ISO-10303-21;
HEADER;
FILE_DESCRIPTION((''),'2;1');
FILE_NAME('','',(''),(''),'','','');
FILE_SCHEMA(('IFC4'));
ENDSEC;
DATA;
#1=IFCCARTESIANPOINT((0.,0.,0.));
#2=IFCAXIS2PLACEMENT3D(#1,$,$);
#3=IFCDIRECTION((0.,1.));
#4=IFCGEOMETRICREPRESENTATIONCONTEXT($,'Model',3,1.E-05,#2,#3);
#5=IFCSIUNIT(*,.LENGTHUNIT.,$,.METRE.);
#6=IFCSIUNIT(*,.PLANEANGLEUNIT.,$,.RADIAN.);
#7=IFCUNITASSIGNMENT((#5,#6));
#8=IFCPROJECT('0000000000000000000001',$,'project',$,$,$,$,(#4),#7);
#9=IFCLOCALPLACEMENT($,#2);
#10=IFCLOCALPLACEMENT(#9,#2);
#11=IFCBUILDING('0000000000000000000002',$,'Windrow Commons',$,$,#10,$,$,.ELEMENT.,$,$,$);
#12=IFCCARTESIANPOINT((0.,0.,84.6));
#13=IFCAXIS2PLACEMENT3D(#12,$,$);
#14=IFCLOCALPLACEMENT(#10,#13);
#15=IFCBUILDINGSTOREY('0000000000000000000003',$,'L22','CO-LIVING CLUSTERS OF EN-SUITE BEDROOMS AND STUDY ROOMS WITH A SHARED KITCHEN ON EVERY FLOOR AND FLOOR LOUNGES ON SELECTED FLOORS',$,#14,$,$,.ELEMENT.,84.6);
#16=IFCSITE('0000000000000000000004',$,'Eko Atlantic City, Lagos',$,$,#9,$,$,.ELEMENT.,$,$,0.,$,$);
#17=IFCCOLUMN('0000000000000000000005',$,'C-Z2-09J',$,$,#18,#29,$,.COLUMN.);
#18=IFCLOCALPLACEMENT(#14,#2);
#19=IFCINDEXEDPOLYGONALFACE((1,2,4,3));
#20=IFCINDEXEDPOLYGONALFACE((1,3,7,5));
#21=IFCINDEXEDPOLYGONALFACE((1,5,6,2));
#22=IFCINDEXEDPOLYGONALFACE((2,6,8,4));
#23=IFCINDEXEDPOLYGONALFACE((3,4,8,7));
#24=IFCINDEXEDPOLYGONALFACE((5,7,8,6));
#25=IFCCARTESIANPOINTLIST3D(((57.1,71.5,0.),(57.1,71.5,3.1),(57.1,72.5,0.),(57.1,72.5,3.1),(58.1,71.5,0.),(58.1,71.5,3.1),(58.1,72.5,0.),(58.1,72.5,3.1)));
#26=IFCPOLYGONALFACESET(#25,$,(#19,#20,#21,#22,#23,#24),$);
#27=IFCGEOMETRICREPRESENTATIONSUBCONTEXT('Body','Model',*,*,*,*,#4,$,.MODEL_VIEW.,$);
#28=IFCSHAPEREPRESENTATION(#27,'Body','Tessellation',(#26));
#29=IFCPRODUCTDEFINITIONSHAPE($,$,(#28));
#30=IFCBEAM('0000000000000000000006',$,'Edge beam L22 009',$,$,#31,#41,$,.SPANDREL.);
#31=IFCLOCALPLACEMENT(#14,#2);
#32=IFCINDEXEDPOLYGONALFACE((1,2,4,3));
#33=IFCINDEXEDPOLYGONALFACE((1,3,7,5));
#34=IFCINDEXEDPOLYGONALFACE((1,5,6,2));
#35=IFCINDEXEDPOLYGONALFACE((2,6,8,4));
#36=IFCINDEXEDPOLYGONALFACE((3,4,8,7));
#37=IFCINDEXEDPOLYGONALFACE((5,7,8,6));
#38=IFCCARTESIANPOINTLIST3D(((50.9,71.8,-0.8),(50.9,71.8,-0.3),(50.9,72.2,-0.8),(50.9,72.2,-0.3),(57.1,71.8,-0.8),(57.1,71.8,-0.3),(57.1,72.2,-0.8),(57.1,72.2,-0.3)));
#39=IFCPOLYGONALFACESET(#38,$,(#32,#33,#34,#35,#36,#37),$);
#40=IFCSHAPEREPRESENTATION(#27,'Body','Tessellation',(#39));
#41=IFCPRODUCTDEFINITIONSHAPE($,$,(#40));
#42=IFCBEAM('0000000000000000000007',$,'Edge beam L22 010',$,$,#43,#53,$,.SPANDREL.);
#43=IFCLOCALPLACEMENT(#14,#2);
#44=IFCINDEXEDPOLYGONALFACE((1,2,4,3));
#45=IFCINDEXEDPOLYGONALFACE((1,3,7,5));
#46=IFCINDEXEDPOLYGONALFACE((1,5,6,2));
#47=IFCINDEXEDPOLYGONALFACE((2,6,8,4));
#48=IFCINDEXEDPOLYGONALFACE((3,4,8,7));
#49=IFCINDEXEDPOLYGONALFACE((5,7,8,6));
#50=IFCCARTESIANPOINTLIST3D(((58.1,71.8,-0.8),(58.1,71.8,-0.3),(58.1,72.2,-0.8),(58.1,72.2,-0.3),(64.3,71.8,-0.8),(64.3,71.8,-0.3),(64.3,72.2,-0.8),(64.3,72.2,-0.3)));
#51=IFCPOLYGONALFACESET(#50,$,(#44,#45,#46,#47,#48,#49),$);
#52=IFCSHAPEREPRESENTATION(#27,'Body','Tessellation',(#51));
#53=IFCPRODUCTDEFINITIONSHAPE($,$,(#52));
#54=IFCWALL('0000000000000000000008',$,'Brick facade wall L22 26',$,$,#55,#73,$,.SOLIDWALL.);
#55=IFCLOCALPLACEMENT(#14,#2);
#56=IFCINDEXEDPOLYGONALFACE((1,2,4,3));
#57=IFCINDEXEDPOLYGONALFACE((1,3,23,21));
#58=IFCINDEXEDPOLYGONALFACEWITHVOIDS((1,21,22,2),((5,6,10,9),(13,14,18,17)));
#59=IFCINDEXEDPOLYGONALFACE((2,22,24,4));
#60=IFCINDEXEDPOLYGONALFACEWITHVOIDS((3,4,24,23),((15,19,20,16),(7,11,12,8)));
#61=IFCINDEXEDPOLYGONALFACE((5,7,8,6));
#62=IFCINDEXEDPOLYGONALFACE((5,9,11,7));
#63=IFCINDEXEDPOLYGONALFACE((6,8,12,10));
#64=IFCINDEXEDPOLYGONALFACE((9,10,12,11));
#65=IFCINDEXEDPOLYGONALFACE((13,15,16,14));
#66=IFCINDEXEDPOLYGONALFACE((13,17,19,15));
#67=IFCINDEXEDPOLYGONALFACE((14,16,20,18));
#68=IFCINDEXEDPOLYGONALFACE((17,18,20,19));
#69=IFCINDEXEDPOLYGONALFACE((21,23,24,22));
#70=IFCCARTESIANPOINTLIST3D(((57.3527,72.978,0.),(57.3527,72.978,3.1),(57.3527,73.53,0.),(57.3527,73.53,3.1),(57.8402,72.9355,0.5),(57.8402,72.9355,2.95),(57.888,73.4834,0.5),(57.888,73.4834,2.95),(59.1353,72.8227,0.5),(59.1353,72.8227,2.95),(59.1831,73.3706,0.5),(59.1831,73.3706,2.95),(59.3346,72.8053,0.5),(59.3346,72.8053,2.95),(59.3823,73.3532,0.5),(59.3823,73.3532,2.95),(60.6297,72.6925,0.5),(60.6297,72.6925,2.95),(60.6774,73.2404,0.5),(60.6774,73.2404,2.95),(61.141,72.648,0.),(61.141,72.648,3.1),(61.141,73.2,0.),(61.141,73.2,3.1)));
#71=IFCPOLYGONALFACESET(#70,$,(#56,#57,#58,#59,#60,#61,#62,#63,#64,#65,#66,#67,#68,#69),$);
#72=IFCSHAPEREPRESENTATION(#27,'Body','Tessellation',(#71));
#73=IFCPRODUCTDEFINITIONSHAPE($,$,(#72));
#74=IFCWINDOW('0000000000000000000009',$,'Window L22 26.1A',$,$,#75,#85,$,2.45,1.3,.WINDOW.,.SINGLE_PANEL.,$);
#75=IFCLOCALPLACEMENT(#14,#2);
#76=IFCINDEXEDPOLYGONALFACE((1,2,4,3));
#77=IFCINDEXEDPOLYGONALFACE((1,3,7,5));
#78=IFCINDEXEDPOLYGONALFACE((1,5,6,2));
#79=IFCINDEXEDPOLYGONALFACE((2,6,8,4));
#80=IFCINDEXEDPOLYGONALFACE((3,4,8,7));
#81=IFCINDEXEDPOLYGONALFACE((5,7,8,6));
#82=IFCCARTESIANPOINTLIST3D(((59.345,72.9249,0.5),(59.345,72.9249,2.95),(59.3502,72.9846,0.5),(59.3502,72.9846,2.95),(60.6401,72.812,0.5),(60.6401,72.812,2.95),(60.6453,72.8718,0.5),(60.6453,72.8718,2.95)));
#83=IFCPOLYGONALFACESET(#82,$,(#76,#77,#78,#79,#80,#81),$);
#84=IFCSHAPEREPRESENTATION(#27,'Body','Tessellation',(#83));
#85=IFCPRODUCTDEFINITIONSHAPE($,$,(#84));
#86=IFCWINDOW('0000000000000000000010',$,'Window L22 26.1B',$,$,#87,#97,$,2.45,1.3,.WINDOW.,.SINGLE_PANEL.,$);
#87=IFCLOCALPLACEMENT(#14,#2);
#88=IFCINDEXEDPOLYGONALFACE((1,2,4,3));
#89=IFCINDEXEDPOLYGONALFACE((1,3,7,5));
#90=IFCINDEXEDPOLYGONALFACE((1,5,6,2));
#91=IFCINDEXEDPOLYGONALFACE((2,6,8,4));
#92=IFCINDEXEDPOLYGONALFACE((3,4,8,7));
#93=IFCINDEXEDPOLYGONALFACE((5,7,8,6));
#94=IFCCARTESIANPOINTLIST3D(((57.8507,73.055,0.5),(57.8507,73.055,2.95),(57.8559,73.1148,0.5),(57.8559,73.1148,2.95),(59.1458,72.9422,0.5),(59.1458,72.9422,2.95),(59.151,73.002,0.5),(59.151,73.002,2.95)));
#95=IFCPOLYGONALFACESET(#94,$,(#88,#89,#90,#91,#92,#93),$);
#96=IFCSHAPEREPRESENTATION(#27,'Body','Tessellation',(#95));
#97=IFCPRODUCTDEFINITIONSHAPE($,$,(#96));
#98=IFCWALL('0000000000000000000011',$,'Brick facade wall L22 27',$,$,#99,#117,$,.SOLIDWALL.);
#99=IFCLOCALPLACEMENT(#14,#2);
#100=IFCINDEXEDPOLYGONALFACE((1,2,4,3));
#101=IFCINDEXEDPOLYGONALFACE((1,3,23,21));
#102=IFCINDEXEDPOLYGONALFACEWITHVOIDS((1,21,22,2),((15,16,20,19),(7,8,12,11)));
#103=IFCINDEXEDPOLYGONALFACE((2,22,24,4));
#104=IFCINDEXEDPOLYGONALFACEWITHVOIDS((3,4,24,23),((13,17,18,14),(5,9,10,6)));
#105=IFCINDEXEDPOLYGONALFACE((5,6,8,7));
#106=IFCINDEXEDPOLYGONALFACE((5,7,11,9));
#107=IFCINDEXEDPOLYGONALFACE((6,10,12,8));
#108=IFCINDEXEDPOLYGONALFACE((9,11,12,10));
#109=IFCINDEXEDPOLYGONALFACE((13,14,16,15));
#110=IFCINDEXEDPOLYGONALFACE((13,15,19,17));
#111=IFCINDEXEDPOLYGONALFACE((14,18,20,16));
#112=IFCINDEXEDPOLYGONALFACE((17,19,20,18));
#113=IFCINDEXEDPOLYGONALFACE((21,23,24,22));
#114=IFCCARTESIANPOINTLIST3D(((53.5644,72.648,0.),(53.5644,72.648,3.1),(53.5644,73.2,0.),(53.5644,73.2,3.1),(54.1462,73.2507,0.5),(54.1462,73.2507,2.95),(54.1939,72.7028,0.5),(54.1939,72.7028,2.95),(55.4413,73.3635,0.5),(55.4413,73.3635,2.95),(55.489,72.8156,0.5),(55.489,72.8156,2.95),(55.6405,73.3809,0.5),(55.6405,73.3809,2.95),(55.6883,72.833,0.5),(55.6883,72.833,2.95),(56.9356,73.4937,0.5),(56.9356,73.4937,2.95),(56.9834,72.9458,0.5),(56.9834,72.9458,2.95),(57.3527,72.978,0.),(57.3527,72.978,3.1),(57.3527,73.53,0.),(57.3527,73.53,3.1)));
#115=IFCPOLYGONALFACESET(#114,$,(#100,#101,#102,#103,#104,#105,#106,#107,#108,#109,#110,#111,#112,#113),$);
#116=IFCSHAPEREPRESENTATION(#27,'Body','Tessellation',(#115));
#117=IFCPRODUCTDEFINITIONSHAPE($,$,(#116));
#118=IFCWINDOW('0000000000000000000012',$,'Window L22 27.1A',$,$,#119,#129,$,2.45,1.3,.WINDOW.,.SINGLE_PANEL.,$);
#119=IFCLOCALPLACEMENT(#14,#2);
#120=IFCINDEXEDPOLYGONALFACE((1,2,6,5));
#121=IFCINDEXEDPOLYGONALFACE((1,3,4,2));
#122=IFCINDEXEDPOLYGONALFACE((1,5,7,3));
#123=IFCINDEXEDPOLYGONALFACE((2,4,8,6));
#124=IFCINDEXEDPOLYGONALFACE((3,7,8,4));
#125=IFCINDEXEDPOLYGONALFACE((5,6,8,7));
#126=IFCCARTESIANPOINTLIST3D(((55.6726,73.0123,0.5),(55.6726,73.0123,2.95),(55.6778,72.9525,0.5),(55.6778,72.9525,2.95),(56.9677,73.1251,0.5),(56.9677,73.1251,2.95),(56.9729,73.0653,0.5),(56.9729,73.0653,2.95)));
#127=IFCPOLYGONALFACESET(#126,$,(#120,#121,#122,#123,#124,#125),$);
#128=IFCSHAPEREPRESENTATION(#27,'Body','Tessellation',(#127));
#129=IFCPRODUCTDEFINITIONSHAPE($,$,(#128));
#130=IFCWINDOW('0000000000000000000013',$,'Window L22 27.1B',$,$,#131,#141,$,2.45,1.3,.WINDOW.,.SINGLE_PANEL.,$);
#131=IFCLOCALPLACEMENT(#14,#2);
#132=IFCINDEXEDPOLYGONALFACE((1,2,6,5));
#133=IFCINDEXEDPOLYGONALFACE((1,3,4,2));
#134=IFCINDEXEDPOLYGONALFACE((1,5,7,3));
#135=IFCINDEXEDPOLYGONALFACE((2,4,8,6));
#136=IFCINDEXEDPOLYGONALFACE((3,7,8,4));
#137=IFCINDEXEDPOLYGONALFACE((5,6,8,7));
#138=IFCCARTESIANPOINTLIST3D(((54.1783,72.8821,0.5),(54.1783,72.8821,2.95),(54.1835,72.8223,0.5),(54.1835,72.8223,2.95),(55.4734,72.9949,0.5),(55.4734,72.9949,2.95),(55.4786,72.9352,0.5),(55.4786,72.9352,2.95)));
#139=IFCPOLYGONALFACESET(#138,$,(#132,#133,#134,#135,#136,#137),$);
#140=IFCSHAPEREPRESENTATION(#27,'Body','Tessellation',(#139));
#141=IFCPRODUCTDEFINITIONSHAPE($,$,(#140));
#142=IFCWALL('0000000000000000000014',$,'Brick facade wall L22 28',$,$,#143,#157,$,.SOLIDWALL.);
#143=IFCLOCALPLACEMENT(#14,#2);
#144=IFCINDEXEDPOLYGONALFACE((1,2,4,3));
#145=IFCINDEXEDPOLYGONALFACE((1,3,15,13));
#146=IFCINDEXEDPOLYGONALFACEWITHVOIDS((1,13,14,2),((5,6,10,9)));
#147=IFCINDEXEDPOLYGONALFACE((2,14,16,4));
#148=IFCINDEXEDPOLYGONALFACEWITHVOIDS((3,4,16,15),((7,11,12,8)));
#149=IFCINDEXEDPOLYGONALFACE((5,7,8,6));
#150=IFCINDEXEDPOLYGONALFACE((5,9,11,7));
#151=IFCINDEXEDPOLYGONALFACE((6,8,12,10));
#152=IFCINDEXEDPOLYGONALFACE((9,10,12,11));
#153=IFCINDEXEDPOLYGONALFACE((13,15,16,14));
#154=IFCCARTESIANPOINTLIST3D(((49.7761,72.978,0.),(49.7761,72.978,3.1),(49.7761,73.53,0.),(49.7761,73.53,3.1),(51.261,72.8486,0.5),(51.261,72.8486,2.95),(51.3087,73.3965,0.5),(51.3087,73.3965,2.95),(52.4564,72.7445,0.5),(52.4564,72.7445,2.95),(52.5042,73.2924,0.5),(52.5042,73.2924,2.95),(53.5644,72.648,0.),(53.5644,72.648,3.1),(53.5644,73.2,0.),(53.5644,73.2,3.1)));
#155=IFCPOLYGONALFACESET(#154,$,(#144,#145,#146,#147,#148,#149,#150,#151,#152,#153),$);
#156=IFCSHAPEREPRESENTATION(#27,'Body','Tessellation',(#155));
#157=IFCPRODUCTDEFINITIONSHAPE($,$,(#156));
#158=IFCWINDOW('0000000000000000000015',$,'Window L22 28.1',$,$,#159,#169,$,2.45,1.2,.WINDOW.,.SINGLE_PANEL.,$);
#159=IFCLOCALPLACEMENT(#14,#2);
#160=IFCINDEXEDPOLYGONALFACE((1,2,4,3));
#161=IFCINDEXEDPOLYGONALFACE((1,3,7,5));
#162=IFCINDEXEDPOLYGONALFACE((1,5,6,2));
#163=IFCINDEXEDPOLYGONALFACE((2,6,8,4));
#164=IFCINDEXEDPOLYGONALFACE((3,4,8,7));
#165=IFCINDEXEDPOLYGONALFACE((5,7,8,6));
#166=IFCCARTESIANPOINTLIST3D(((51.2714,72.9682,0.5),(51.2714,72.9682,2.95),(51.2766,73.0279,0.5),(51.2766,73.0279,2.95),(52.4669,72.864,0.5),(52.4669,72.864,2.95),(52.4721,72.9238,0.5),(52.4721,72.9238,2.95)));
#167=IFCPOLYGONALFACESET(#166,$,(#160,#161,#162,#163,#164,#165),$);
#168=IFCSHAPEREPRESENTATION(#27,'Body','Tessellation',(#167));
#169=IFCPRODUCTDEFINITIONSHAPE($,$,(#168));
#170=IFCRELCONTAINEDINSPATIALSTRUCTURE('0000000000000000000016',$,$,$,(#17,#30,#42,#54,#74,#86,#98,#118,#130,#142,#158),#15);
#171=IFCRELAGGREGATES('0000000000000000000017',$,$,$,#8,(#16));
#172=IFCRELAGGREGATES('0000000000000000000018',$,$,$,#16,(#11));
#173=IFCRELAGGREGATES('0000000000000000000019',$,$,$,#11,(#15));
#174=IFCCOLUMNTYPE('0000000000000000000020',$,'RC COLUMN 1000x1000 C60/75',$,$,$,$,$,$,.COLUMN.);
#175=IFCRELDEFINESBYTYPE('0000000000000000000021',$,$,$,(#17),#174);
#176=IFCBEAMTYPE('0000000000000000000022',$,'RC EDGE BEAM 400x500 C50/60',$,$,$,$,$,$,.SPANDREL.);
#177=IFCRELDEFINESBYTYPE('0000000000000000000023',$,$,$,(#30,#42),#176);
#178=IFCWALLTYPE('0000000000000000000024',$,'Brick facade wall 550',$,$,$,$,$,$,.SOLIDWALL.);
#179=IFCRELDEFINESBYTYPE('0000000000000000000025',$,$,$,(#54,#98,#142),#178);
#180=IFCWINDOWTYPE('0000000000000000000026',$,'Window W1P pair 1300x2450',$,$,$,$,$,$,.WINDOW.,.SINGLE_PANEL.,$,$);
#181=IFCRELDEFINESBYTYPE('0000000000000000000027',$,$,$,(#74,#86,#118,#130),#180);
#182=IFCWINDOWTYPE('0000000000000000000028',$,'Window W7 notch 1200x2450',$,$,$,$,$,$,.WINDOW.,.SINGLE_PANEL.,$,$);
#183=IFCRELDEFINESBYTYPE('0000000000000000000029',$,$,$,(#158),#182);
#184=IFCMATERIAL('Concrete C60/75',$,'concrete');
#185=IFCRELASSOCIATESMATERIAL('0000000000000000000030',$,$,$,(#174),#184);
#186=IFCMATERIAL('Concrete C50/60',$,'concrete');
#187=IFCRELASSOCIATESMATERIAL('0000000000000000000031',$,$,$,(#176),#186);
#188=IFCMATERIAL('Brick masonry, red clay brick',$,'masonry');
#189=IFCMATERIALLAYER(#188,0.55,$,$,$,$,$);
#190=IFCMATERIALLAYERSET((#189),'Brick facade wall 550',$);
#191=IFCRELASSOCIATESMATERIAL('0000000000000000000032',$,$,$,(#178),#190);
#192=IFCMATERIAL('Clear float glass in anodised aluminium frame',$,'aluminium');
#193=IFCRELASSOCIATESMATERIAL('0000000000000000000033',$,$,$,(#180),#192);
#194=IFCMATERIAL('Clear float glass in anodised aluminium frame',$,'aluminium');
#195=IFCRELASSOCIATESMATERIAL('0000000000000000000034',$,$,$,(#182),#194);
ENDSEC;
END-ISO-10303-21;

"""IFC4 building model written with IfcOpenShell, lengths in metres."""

from ifc_helpers import new_model, si_unit, direction, frame, frame_2d, origin, origin_2d, place, context, subcontext, project, spatial, polyline, rectangle, outline, extrude, material, layer, layer_set, material_profile, profile_set, type_object, element, fill, save


model = new_model("IFC4")

# Units and contexts
model_context = context("Model", 3, precision=1e-05, world=origin(), true_north=direction((0.0, 1.0)))
body_context = subcontext(model_context, "Body", "Model", "MODEL_VIEW")
ifc_project = project(units=[si_unit("LENGTHUNIT", "METRE"), si_unit("PLANEANGLEUNIT", "RADIAN")], contexts=[model_context])

# Site, building, storey
site_placement = place(None, origin())
site = spatial("IfcSite", under=ifc_project, at=site_placement, Name="Eko Atlantic City, Lagos", CompositionType="ELEMENT", RefElevation=0.0)
building_placement = place(site_placement, origin())
building = spatial("IfcBuilding", under=site, at=building_placement, Name="Windrow Commons", CompositionType="ELEMENT")
storey_placement = place(building_placement, frame((0.0, 0.0, 84.6)))
storey = spatial("IfcBuildingStorey", under=building, at=storey_placement, Name="L22", Description="CO-LIVING CLUSTERS OF EN-SUITE BEDROOMS AND STUDY ROOMS WITH A SHARED KITCHEN ON EVERY FLOOR AND FLOOR LOUNGES ON SELECTED FLOORS", CompositionType="ELEMENT", Elevation=84.6)

# Column
ifc_material_1 = material(Name="Concrete C60/75", Category="concrete")
ifc_material_profile_1 = material_profile(ifc_material_1, rectangle(XDim=1.0, YDim=1.0, at=origin_2d()))
ifc_profile_set_1 = profile_set([ifc_material_profile_1], Name="Concrete C60/75")
column_type = type_object("IfcColumnType", Name="RC COLUMN 1000x1000 C60/75", PredefinedType="COLUMN", material=ifc_profile_set_1)
column_placement = place(storey_placement, frame((57.6, 72.0, 0.0), z_axis=(0.0, 0.0, 1.0), x_axis=(1.0, 0.0, 0.0)))
element("IfcColumn", 1, at=column_placement, inside=storey, type_object=column_type, Name="C-Z2-09J", PredefinedType="COLUMN", context=body_context, shape_type="SweptSolid", body=[
    extrude(rectangle(XDim=1.0, YDim=1.0, at=origin_2d()), origin(), (0.0, 0.0, 1.0), 3.1),
])

# Beams
ifc_material_2 = material(Name="Concrete C50/60", Category="concrete")
ifc_material_profile_2 = material_profile(ifc_material_2, rectangle(XDim=0.4, YDim=0.5, at=origin_2d()))
ifc_profile_set_2 = profile_set([ifc_material_profile_2], Name="Concrete C50/60")
beam_type = type_object("IfcBeamType", Name="RC EDGE BEAM 400x500 C50/60", PredefinedType="SPANDREL", material=ifc_profile_set_2)
for number, where, z_axis, x_axis, name in (
    (2, (50.9, 72.0, -0.55), (1.0, 0.0, 0.0), (0.0, 1.0, 0.0), "Edge beam L22 009"),
    (3, (58.1, 72.0, -0.55), (1.0, 0.0, 0.0), (0.0, 1.0, 0.0), "Edge beam L22 010"),
):
    element("IfcBeam", number, at=place(storey_placement, frame(where, z_axis=z_axis, x_axis=x_axis)), inside=storey, type_object=beam_type, Name=name, PredefinedType="SPANDREL", context=body_context, shape_type="SweptSolid", body=[
        extrude(rectangle(XDim=0.4, YDim=0.5, at=origin_2d()), origin(), (0.0, 0.0, 1.0), 6.2),
    ])

# Walls, openings, windows
ifc_material_3 = material(Name="Brick masonry, red clay brick", Category="masonry")
ifc_layer_1 = layer(ifc_material_3, 0.55)
ifc_layer_set_1 = layer_set([ifc_layer_1], Name="Brick facade wall 550")
wall_type_1 = type_object("IfcWallType", Name="Brick facade wall 550", PredefinedType="SOLIDWALL", material=ifc_layer_set_1)
wall_1_placement = place(storey_placement, frame((61.141, 72.924, 0.0), z_axis=(0.0, 0.0, 1.0), x_axis=(-0.996227, 0.086782, 0.0)))
wall_1 = element("IfcWall", 4, at=wall_1_placement, inside=storey, type_object=wall_type_1, Name="Brick facade wall L22 26", PredefinedType="SOLIDWALL", context=body_context, shape_type="SweptSolid", body=[
    extrude(outline(polyline([(0.024, -0.275), (3.8266, -0.275), (3.7787, 0.275), (-0.024, 0.275), (0.024, -0.275)])), origin(), (0.0, 0.0, 1.0), 3.1),
])
opening_1_placement = place(wall_1_placement, frame((0.4893, 0.0, 0.5)))
opening_1 = element("IfcOpeningElement", 5, at=opening_1_placement, cuts=wall_1, PredefinedType="OPENING", context=body_context, shape_type="SweptSolid", body=[
    extrude(rectangle(XDim=1.3, YDim=2.45, at=frame_2d((0.65, 1.225))), frame((0.0, 0.285, 0.0), z_axis=(0.0, -1.0, 0.0), x_axis=(1.0, 0.0, 0.0)), (0.0, 0.0, 1.0), 0.57),
])
opening_2_placement = place(wall_1_placement, frame((1.9893, 0.0, 0.5)))
opening_2 = element("IfcOpeningElement", 6, at=opening_2_placement, cuts=wall_1, PredefinedType="OPENING", context=body_context, shape_type="SweptSolid", body=[
    extrude(rectangle(XDim=1.3, YDim=2.45, at=frame_2d((0.65, 1.225))), frame((0.0, 0.285, 0.0), z_axis=(0.0, -1.0, 0.0), x_axis=(1.0, 0.0, 0.0)), (0.0, 0.0, 1.0), 0.57),
])
ifc_material_4 = material(Name="Clear float glass in anodised aluminium frame", Category="aluminium")
window_type_1 = type_object("IfcWindowType", Name="Window W1P pair 1300x2450", PartitioningType="SINGLE_PANEL", PredefinedType="WINDOW", material=ifc_material_4)
window_1_placement = place(opening_1_placement, origin())
window_1 = element("IfcWindow", 7, at=window_1_placement, inside=storey, type_object=window_type_1, Name="Window L22 26.1A", OverallHeight=2.45, OverallWidth=1.3, PartitioningType="SINGLE_PANEL", PredefinedType="WINDOW", context=body_context, shape_type="SweptSolid", body=[
    extrude(rectangle(XDim=1.3, YDim=2.45, at=frame_2d((0.65, 1.225))), frame((0.0, 0.155, 0.0), z_axis=(0.0, -1.0, 0.0), x_axis=(1.0, 0.0, 0.0)), (0.0, 0.0, 1.0), 0.06),
])
fill(opening_1, window_1)
window_2_placement = place(opening_2_placement, origin())
window_2 = element("IfcWindow", 8, at=window_2_placement, inside=storey, type_object=window_type_1, Name="Window L22 26.1B", OverallHeight=2.45, OverallWidth=1.3, PartitioningType="SINGLE_PANEL", PredefinedType="WINDOW", context=body_context, shape_type="SweptSolid", body=[
    extrude(rectangle(XDim=1.3, YDim=2.45, at=frame_2d((0.65, 1.225))), frame((0.0, 0.155, 0.0), z_axis=(0.0, -1.0, 0.0), x_axis=(1.0, 0.0, 0.0)), (0.0, 0.0, 1.0), 0.06),
])
fill(opening_2, window_2)
wall_2_placement = place(storey_placement, frame((57.3527, 73.254, 0.0), z_axis=(0.0, 0.0, 1.0), x_axis=(-0.996227, -0.086782, 0.0)))
wall_2 = element("IfcWall", 9, at=wall_2_placement, inside=storey, type_object=wall_type_1, Name="Brick facade wall L22 27", PredefinedType="SOLIDWALL", context=body_context, shape_type="SweptSolid", body=[
    extrude(outline(polyline([(-0.024, -0.275), (3.7787, -0.275), (3.8266, 0.275), (0.024, 0.275), (-0.024, -0.275)])), origin(), (0.0, 0.0, 1.0), 3.1),
])
opening_3_placement = place(wall_2_placement, frame((0.3947, 0.0, 0.5)))
opening_3 = element("IfcOpeningElement", 10, at=opening_3_placement, cuts=wall_2, PredefinedType="OPENING", context=body_context, shape_type="SweptSolid", body=[
    extrude(rectangle(XDim=1.3, YDim=2.45, at=frame_2d((0.65, 1.225))), frame((0.0, 0.285, 0.0), z_axis=(0.0, -1.0, 0.0), x_axis=(1.0, 0.0, 0.0)), (0.0, 0.0, 1.0), 0.57),
])
opening_4_placement = place(wall_2_placement, frame((1.8947, 0.0, 0.5)))
opening_4 = element("IfcOpeningElement", 11, at=opening_4_placement, cuts=wall_2, PredefinedType="OPENING", context=body_context, shape_type="SweptSolid", body=[
    extrude(rectangle(XDim=1.3, YDim=2.45, at=frame_2d((0.65, 1.225))), frame((0.0, 0.285, 0.0), z_axis=(0.0, -1.0, 0.0), x_axis=(1.0, 0.0, 0.0)), (0.0, 0.0, 1.0), 0.57),
])
window_3_placement = place(opening_3_placement, origin())
window_3 = element("IfcWindow", 12, at=window_3_placement, inside=storey, type_object=window_type_1, Name="Window L22 27.1A", OverallHeight=2.45, OverallWidth=1.3, PartitioningType="SINGLE_PANEL", PredefinedType="WINDOW", context=body_context, shape_type="SweptSolid", body=[
    extrude(rectangle(XDim=1.3, YDim=2.45, at=frame_2d((0.65, 1.225))), frame((0.0, 0.155, 0.0), z_axis=(0.0, -1.0, 0.0), x_axis=(1.0, 0.0, 0.0)), (0.0, 0.0, 1.0), 0.06),
])
fill(opening_3, window_3)
window_4_placement = place(opening_4_placement, origin())
window_4 = element("IfcWindow", 13, at=window_4_placement, inside=storey, type_object=window_type_1, Name="Window L22 27.1B", OverallHeight=2.45, OverallWidth=1.3, PartitioningType="SINGLE_PANEL", PredefinedType="WINDOW", context=body_context, shape_type="SweptSolid", body=[
    extrude(rectangle(XDim=1.3, YDim=2.45, at=frame_2d((0.65, 1.225))), frame((0.0, 0.155, 0.0), z_axis=(0.0, -1.0, 0.0), x_axis=(1.0, 0.0, 0.0)), (0.0, 0.0, 1.0), 0.06),
])
fill(opening_4, window_4)

# Wall, opening, window
wall_3_placement = place(storey_placement, frame((53.5644, 72.924, 0.0), z_axis=(0.0, 0.0, 1.0), x_axis=(-0.996227, 0.086784, 0.0)))
wall_3 = element("IfcWall", 14, at=wall_3_placement, inside=storey, type_object=wall_type_1, Name="Brick facade wall L22 28", PredefinedType="SOLIDWALL", context=body_context, shape_type="SweptSolid", body=[
    extrude(outline(polyline([(0.024, -0.275), (3.8266, -0.275), (3.7787, 0.275), (-0.024, 0.275), (0.024, -0.275)])), origin(), (0.0, 0.0, 1.0), 3.1),
])
opening_5_placement = place(wall_3_placement, frame((1.0882, 0.0, 0.5)))
opening_5 = element("IfcOpeningElement", 15, at=opening_5_placement, cuts=wall_3, PredefinedType="OPENING", context=body_context, shape_type="SweptSolid", body=[
    extrude(rectangle(XDim=1.2, YDim=2.45, at=frame_2d((0.6, 1.225))), frame((0.0, 0.285, 0.0), z_axis=(0.0, -1.0, 0.0), x_axis=(1.0, 0.0, 0.0)), (0.0, 0.0, 1.0), 0.57),
])
ifc_material_5 = material(Name="Clear float glass in anodised aluminium frame", Category="aluminium")
window_type_2 = type_object("IfcWindowType", Name="Window W7 notch 1200x2450", PartitioningType="SINGLE_PANEL", PredefinedType="WINDOW", material=ifc_material_5)
window_5_placement = place(opening_5_placement, origin())
window_5 = element("IfcWindow", 16, at=window_5_placement, inside=storey, type_object=window_type_2, Name="Window L22 28.1", OverallHeight=2.45, OverallWidth=1.2, PartitioningType="SINGLE_PANEL", PredefinedType="WINDOW", context=body_context, shape_type="SweptSolid", body=[
    extrude(rectangle(XDim=1.2, YDim=2.45, at=frame_2d((0.6, 1.225))), frame((0.0, 0.155, 0.0), z_axis=(0.0, -1.0, 0.0), x_axis=(1.0, 0.0, 0.0)), (0.0, 0.0, 1.0), 0.06),
])
fill(opening_5, window_5)

save(model, "model.ifc")
